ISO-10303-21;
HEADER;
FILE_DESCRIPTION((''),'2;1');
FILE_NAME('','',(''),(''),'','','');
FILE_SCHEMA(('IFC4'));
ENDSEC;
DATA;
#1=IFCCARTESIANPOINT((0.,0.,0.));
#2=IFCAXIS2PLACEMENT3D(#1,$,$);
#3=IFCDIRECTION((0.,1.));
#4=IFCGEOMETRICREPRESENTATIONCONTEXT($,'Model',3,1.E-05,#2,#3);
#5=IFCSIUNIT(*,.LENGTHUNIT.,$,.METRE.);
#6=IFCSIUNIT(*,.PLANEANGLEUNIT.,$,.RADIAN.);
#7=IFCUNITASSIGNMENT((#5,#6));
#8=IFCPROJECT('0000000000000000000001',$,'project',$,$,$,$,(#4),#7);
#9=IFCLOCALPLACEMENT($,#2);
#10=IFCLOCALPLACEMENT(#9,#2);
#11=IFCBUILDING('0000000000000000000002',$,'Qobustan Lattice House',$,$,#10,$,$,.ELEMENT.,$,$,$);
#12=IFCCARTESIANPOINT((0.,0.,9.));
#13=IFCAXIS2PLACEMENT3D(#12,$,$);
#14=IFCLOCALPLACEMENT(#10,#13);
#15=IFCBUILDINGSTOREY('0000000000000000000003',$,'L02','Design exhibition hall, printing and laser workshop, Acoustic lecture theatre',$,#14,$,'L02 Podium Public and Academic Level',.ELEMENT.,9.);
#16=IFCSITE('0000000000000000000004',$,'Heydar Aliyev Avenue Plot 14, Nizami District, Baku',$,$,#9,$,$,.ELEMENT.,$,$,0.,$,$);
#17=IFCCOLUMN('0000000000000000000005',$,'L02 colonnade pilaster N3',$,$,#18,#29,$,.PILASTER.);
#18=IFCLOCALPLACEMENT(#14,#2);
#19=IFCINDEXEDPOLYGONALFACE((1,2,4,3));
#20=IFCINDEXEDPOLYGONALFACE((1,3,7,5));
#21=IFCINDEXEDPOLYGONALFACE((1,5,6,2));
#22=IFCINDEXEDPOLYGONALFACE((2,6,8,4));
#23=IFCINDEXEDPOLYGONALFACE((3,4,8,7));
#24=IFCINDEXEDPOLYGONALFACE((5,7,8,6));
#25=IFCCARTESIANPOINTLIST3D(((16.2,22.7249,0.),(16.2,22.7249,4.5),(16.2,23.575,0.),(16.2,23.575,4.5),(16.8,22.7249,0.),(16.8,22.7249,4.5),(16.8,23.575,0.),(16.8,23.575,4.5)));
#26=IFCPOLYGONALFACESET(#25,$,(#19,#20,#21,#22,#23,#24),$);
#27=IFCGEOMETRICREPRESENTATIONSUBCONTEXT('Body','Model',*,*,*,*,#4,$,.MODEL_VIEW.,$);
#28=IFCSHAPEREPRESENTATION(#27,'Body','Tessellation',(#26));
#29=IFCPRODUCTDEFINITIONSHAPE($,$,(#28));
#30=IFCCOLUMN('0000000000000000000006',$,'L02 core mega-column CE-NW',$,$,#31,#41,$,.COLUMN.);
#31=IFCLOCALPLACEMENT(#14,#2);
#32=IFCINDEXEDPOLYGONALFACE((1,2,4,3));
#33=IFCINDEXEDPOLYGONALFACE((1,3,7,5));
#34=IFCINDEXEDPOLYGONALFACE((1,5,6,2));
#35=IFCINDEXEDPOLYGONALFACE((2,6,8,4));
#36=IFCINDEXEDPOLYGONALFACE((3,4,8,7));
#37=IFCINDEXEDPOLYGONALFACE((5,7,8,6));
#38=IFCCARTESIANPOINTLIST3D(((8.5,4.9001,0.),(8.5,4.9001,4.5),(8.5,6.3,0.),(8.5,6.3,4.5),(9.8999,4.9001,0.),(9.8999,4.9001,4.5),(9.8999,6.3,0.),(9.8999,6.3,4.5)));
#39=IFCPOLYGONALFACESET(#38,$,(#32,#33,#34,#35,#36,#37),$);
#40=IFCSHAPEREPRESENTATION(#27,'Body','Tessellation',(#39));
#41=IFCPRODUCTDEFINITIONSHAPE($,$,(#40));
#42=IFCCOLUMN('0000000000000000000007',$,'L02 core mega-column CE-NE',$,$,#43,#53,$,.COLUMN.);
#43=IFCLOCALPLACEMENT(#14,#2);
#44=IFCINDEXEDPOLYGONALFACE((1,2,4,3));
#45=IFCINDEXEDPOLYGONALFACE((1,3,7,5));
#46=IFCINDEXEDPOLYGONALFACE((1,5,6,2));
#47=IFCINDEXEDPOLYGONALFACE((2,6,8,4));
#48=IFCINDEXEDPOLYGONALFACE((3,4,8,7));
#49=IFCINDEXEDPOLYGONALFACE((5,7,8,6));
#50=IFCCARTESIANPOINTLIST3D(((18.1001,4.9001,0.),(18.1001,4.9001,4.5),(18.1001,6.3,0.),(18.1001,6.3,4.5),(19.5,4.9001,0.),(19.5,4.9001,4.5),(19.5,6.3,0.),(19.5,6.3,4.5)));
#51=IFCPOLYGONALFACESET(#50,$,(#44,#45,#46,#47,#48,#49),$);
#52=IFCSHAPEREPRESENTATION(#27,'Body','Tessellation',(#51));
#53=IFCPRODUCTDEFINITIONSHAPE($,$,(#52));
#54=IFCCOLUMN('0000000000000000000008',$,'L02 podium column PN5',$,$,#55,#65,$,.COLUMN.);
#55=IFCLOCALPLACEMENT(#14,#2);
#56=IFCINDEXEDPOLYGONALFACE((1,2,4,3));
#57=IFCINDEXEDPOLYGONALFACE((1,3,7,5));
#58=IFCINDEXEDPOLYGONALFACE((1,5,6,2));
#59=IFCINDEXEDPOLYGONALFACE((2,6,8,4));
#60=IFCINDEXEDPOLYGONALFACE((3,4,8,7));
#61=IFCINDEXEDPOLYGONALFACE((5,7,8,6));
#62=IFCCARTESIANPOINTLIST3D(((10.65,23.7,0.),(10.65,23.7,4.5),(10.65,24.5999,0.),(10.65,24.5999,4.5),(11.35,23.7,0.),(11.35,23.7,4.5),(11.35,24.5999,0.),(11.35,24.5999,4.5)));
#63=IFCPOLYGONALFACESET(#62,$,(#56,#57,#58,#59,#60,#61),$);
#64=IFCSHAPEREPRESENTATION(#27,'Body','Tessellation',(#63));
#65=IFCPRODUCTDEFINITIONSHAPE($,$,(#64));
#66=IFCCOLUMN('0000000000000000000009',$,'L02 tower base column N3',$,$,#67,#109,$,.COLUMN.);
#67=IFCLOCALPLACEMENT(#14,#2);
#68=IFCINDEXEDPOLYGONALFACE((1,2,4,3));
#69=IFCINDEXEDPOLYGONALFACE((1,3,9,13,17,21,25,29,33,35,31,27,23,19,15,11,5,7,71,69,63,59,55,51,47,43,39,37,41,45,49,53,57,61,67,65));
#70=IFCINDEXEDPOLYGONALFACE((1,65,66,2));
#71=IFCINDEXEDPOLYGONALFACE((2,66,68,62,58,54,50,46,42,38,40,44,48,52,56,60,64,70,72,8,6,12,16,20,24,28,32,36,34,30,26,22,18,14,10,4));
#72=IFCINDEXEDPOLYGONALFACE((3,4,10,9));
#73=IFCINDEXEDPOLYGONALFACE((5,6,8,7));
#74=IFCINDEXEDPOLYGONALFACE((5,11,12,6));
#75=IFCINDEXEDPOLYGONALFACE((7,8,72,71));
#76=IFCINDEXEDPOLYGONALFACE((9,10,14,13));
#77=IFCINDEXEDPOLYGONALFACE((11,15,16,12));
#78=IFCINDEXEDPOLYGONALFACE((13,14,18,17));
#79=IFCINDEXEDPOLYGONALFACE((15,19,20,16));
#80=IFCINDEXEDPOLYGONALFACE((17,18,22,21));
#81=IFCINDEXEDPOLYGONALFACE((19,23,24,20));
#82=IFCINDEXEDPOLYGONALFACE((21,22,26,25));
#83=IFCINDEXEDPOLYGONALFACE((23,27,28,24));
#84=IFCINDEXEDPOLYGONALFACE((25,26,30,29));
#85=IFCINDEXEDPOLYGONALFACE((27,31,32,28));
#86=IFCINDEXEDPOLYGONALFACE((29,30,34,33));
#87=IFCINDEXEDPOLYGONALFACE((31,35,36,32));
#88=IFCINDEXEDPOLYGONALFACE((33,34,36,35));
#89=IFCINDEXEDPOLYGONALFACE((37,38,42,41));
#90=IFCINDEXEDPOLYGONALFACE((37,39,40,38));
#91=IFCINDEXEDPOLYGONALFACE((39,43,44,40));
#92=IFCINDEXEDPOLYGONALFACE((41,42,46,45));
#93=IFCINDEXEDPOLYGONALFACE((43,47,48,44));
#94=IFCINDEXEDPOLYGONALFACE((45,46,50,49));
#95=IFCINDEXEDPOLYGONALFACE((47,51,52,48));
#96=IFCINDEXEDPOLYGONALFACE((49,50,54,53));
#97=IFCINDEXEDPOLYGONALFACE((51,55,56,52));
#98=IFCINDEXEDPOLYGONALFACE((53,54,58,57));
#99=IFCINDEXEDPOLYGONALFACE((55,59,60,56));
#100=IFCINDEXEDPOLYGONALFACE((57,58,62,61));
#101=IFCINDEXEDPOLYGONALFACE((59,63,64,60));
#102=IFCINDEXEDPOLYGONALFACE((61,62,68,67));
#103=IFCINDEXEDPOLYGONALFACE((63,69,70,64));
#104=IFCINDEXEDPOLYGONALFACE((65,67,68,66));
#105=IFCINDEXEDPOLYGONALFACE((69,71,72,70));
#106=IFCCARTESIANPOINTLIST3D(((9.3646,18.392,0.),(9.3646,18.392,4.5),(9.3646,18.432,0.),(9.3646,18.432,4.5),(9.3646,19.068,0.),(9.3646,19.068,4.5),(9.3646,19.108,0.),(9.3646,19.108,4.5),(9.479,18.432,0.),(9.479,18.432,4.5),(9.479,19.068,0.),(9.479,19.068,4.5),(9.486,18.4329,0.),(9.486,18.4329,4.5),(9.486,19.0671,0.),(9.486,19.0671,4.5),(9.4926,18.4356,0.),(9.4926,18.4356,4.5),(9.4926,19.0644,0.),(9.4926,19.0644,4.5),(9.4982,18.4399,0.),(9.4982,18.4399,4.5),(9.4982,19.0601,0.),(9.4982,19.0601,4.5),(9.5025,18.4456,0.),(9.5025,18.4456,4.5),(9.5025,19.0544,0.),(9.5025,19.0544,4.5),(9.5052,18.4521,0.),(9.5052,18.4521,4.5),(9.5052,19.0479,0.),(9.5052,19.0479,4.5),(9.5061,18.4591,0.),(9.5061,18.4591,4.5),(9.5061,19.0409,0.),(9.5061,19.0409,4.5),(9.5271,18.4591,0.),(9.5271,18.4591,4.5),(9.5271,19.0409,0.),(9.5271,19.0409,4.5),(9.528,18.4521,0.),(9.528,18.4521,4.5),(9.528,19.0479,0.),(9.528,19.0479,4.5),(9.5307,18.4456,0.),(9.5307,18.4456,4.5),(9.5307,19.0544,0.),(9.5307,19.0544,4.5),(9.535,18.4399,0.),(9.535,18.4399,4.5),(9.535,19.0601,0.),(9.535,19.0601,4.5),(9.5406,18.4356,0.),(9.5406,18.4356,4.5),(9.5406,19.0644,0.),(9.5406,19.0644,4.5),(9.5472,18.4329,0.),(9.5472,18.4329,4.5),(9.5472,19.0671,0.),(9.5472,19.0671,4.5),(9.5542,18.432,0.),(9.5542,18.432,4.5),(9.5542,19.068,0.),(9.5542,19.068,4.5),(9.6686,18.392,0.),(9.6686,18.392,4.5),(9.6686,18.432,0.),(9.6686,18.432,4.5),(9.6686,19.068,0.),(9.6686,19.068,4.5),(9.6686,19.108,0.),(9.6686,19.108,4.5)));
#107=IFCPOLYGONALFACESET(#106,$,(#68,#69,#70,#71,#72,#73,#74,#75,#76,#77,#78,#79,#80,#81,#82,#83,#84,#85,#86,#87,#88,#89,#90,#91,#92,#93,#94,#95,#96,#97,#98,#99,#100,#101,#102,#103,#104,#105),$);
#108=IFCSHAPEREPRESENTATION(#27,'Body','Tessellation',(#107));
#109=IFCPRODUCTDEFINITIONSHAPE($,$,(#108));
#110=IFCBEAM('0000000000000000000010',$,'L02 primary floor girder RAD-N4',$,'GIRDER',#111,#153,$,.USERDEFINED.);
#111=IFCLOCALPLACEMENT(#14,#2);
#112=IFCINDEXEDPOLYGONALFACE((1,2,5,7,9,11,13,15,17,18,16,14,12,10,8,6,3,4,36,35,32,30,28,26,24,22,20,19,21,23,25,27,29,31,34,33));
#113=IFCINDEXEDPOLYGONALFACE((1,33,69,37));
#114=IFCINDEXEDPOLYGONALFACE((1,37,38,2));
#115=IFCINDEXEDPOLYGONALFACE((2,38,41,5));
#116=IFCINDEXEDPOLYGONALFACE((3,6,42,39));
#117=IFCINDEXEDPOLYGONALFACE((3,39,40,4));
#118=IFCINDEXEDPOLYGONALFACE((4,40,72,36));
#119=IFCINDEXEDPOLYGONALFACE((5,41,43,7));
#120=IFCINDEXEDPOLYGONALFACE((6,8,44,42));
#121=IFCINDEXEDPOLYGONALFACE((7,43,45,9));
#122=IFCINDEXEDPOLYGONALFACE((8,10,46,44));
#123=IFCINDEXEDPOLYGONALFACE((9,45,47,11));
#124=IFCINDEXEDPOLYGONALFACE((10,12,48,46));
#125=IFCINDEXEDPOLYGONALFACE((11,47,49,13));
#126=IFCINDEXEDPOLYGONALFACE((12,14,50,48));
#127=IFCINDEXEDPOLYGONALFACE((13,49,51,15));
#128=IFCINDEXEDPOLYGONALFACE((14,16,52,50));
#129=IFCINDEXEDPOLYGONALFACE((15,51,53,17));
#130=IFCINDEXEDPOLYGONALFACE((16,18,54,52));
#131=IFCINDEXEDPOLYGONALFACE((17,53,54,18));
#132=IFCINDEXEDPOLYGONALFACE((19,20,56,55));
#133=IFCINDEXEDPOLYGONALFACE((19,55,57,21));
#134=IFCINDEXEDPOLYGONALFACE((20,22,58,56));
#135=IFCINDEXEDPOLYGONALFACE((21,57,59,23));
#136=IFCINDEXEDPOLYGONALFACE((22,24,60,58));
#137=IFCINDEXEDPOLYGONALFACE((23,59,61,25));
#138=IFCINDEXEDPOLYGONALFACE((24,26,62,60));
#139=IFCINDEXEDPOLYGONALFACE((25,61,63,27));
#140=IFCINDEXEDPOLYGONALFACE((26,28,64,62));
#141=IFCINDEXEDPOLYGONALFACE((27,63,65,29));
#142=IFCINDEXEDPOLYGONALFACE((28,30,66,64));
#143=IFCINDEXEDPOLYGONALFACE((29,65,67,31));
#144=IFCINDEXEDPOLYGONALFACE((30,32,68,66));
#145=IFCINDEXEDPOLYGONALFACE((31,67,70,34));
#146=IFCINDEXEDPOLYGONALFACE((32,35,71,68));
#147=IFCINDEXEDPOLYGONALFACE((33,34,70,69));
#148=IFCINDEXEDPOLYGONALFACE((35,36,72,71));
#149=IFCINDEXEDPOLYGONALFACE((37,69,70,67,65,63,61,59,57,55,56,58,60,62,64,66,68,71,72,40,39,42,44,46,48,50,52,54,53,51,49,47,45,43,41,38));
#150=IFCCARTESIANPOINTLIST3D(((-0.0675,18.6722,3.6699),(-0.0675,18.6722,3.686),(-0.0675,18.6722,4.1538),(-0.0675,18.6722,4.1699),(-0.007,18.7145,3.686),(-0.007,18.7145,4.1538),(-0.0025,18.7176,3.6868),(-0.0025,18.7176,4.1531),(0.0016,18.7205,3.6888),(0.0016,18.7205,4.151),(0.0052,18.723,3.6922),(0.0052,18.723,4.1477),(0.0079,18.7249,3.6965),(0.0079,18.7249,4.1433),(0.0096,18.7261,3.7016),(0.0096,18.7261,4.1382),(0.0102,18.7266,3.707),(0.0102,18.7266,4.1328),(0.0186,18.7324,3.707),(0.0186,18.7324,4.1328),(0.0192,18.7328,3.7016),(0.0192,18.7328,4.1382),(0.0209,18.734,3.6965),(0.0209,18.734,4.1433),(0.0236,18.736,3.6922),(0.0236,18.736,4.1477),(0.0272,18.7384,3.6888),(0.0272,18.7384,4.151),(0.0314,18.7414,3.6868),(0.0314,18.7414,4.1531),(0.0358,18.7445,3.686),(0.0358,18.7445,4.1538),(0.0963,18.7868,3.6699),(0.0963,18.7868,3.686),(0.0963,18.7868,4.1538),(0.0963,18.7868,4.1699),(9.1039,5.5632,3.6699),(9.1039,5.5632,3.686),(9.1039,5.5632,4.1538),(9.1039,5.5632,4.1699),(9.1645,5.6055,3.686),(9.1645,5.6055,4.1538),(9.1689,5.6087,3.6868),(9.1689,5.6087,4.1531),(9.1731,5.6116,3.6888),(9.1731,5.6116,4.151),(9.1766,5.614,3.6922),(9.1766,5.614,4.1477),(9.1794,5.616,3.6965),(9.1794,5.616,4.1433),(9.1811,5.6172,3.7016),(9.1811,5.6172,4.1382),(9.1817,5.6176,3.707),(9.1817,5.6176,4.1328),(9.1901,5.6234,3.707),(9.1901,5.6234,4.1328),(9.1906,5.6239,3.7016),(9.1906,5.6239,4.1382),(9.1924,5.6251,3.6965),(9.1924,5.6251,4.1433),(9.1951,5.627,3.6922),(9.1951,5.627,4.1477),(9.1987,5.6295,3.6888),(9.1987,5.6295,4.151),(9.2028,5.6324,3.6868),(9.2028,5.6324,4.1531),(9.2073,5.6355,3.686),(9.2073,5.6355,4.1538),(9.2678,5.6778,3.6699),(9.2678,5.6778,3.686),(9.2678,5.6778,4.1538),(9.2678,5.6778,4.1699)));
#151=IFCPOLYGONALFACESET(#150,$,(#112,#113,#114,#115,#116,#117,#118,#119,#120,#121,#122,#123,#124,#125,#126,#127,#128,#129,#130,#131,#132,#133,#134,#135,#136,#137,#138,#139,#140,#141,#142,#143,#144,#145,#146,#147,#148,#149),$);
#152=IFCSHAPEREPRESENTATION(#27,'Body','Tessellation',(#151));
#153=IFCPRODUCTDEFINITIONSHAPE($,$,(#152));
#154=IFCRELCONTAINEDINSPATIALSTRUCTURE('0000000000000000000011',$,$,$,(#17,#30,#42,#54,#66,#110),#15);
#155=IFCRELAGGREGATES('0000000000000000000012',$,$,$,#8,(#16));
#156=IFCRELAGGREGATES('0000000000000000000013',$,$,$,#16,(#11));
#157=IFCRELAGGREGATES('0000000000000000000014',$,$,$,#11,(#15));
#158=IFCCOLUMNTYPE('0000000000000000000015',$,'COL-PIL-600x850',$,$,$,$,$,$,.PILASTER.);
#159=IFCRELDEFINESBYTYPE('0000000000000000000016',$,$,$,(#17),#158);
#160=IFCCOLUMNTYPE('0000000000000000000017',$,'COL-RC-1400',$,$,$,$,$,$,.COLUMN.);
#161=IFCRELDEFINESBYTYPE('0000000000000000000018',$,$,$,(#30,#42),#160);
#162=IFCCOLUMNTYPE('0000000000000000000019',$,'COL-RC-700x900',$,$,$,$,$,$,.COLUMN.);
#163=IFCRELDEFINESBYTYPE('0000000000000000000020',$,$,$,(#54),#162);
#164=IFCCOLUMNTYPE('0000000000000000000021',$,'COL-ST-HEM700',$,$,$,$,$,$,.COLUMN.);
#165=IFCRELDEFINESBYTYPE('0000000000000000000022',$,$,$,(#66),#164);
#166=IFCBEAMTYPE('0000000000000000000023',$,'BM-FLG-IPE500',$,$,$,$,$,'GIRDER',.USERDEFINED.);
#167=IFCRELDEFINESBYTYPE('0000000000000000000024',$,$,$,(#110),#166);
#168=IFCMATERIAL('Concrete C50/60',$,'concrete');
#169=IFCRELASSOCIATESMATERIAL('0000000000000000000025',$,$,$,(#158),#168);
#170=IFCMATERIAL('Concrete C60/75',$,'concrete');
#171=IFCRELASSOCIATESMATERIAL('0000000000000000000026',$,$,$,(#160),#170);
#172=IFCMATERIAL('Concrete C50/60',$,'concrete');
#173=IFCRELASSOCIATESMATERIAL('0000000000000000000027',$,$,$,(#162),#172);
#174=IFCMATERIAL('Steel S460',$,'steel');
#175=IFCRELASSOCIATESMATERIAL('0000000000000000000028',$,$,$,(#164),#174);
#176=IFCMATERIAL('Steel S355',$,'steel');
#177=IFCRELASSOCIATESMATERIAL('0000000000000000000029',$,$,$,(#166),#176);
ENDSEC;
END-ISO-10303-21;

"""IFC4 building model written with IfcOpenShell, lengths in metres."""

from ifc_helpers import new_model, si_unit, direction, frame, origin, origin_2d, place, context, subcontext, project, spatial, rectangle, i_section, extrude, material, material_profile, profile_set, type_object, element, save


model = new_model("IFC4")

# Units and contexts
model_context = context("Model", 3, precision=1e-05, world=origin(), true_north=direction((0.0, 1.0)))
body_context = subcontext(model_context, "Body", "Model", "MODEL_VIEW")
ifc_project = project(units=[si_unit("LENGTHUNIT", "METRE"), si_unit("PLANEANGLEUNIT", "RADIAN")], contexts=[model_context])

# Site, building, storey
site_placement = place(None, origin())
site = spatial("IfcSite", under=ifc_project, at=site_placement, Name="Heydar Aliyev Avenue Plot 14, Nizami District, Baku", CompositionType="ELEMENT", RefElevation=0.0)
building_placement = place(site_placement, origin())
building = spatial("IfcBuilding", under=site, at=building_placement, Name="Qobustan Lattice House", CompositionType="ELEMENT")
storey_placement = place(building_placement, frame((0.0, 0.0, 9.0)))
storey = spatial("IfcBuildingStorey", under=building, at=storey_placement, Name="L02", Description="Design exhibition hall, printing and laser workshop, Acoustic lecture theatre", LongName="L02 Podium Public and Academic Level", CompositionType="ELEMENT", Elevation=9.0)

# Columns
ifc_material_1 = material(Name="Concrete C50/60", Category="concrete")
ifc_material_profile_1 = material_profile(ifc_material_1, rectangle(XDim=0.6001, YDim=0.8501, at=origin_2d()), Name="RC600x850")
ifc_profile_set_1 = profile_set([ifc_material_profile_1], Name="Concrete C50/60")
column_type_1 = type_object("IfcColumnType", Name="COL-PIL-600x850", PredefinedType="PILASTER", material=ifc_profile_set_1)
column_1_placement = place(storey_placement, frame((16.5, 23.1499, 0.0), z_axis=(0.0, 0.0, 1.0), x_axis=(1.0, 0.0, 0.0)))
element("IfcColumn", 1, at=column_1_placement, inside=storey, type_object=column_type_1, Name="L02 colonnade pilaster N3", PredefinedType="PILASTER", context=body_context, shape_type="SweptSolid", body=[
    extrude(rectangle(XDim=0.6001, YDim=0.8501, at=origin_2d()), origin(), (0.0, 0.0, 1.0), 4.5),
])
ifc_material_2 = material(Name="Concrete C60/75", Category="concrete")
ifc_material_profile_2 = material_profile(ifc_material_2, rectangle(XDim=1.3999, YDim=1.3999, at=origin_2d()), Name="RC1400x1400")
ifc_profile_set_2 = profile_set([ifc_material_profile_2], Name="Concrete C60/75")
column_type_2 = type_object("IfcColumnType", Name="COL-RC-1400", PredefinedType="COLUMN", material=ifc_profile_set_2)
for number, where, z_axis, x_axis, name in (
    (2, (9.2, 5.6001, 0.0), (0.0, 0.0, 1.0), (1.0, 0.0, 0.0), "L02 core mega-column CE-NW"),
    (3, (18.8, 5.6001, 0.0), (0.0, 0.0, 1.0), (1.0, 0.0, 0.0), "L02 core mega-column CE-NE"),
):
    element("IfcColumn", number, at=place(storey_placement, frame(where, z_axis=z_axis, x_axis=x_axis)), inside=storey, type_object=column_type_2, Name=name, PredefinedType="COLUMN", context=body_context, shape_type="SweptSolid", body=[
        extrude(rectangle(XDim=1.3999, YDim=1.3999, at=origin_2d()), origin(), (0.0, 0.0, 1.0), 4.5),
    ])
ifc_material_3 = material(Name="Concrete C50/60", Category="concrete")
ifc_material_profile_3 = material_profile(ifc_material_3, rectangle(XDim=0.7, YDim=0.8999, at=origin_2d()), Name="RC700x900")
ifc_profile_set_3 = profile_set([ifc_material_profile_3], Name="Concrete C50/60")
column_type_3 = type_object("IfcColumnType", Name="COL-RC-700x900", PredefinedType="COLUMN", material=ifc_profile_set_3)
column_2_placement = place(storey_placement, frame((11.0, 24.1499, 0.0), z_axis=(0.0, 0.0, 1.0), x_axis=(1.0, 0.0, 0.0)))
element("IfcColumn", 4, at=column_2_placement, inside=storey, type_object=column_type_3, Name="L02 podium column PN5", PredefinedType="COLUMN", context=body_context, shape_type="SweptSolid", body=[
    extrude(rectangle(XDim=0.7, YDim=0.8999, at=origin_2d()), origin(), (0.0, 0.0, 1.0), 4.5),
])
ifc_material_4 = material(Name="Steel S460", Category="steel")
ifc_material_profile_4 = material_profile(ifc_material_4, i_section(OverallWidth=0.304, OverallDepth=0.7161, WebThickness=0.021, FlangeThickness=0.04, FilletRadius=0.0271, at=origin_2d()), Name="HEM700")
ifc_profile_set_4 = profile_set([ifc_material_profile_4], Name="Steel S460")
column_type_4 = type_object("IfcColumnType", Name="COL-ST-HEM700", PredefinedType="COLUMN", material=ifc_profile_set_4)
column_3_placement = place(storey_placement, frame((9.5166, 18.75, 0.0), z_axis=(0.0, 0.0, 1.0), x_axis=(1.0, 0.0, 0.0)))
element("IfcColumn", 5, at=column_3_placement, inside=storey, type_object=column_type_4, Name="L02 tower base column N3", PredefinedType="COLUMN", context=body_context, shape_type="SweptSolid", body=[
    extrude(i_section(OverallWidth=0.304, OverallDepth=0.7161, WebThickness=0.021, FlangeThickness=0.04, FilletRadius=0.0271, at=origin_2d()), origin(), (0.0, 0.0, 1.0), 4.5),
])

# Beam
ifc_material_5 = material(Name="Steel S355", Category="steel")
ifc_material_profile_5 = material_profile(ifc_material_5, i_section(OverallWidth=0.2, OverallDepth=0.5, WebThickness=0.0103, FlangeThickness=0.0161, FilletRadius=0.021, at=origin_2d()), Name="IPE500")
ifc_profile_set_5 = profile_set([ifc_material_profile_5], Name="Steel S355")
beam_type_1 = type_object("IfcBeamType", Name="BM-FLG-IPE500", ElementType="GIRDER", PredefinedType="USERDEFINED", material=ifc_profile_set_5)
beam_1_placement = place(storey_placement, frame((0.0144, 18.7295, 3.9199), z_axis=(0.57326, -0.819374, 0.0), x_axis=(0.819374, 0.57326, 0.0)))
element("IfcBeam", 6, at=beam_1_placement, inside=storey, type_object=beam_type_1, Name="L02 primary floor girder RAD-N4", ObjectType="GIRDER", PredefinedType="USERDEFINED", context=body_context, shape_type="SweptSolid", body=[
    extrude(i_section(OverallWidth=0.2, OverallDepth=0.5, WebThickness=0.0103, FlangeThickness=0.0161, FilletRadius=0.021, at=origin_2d()), origin(), (0.0, 0.0, 1.0), 15.9988),
])

save(model, "model.ifc")
